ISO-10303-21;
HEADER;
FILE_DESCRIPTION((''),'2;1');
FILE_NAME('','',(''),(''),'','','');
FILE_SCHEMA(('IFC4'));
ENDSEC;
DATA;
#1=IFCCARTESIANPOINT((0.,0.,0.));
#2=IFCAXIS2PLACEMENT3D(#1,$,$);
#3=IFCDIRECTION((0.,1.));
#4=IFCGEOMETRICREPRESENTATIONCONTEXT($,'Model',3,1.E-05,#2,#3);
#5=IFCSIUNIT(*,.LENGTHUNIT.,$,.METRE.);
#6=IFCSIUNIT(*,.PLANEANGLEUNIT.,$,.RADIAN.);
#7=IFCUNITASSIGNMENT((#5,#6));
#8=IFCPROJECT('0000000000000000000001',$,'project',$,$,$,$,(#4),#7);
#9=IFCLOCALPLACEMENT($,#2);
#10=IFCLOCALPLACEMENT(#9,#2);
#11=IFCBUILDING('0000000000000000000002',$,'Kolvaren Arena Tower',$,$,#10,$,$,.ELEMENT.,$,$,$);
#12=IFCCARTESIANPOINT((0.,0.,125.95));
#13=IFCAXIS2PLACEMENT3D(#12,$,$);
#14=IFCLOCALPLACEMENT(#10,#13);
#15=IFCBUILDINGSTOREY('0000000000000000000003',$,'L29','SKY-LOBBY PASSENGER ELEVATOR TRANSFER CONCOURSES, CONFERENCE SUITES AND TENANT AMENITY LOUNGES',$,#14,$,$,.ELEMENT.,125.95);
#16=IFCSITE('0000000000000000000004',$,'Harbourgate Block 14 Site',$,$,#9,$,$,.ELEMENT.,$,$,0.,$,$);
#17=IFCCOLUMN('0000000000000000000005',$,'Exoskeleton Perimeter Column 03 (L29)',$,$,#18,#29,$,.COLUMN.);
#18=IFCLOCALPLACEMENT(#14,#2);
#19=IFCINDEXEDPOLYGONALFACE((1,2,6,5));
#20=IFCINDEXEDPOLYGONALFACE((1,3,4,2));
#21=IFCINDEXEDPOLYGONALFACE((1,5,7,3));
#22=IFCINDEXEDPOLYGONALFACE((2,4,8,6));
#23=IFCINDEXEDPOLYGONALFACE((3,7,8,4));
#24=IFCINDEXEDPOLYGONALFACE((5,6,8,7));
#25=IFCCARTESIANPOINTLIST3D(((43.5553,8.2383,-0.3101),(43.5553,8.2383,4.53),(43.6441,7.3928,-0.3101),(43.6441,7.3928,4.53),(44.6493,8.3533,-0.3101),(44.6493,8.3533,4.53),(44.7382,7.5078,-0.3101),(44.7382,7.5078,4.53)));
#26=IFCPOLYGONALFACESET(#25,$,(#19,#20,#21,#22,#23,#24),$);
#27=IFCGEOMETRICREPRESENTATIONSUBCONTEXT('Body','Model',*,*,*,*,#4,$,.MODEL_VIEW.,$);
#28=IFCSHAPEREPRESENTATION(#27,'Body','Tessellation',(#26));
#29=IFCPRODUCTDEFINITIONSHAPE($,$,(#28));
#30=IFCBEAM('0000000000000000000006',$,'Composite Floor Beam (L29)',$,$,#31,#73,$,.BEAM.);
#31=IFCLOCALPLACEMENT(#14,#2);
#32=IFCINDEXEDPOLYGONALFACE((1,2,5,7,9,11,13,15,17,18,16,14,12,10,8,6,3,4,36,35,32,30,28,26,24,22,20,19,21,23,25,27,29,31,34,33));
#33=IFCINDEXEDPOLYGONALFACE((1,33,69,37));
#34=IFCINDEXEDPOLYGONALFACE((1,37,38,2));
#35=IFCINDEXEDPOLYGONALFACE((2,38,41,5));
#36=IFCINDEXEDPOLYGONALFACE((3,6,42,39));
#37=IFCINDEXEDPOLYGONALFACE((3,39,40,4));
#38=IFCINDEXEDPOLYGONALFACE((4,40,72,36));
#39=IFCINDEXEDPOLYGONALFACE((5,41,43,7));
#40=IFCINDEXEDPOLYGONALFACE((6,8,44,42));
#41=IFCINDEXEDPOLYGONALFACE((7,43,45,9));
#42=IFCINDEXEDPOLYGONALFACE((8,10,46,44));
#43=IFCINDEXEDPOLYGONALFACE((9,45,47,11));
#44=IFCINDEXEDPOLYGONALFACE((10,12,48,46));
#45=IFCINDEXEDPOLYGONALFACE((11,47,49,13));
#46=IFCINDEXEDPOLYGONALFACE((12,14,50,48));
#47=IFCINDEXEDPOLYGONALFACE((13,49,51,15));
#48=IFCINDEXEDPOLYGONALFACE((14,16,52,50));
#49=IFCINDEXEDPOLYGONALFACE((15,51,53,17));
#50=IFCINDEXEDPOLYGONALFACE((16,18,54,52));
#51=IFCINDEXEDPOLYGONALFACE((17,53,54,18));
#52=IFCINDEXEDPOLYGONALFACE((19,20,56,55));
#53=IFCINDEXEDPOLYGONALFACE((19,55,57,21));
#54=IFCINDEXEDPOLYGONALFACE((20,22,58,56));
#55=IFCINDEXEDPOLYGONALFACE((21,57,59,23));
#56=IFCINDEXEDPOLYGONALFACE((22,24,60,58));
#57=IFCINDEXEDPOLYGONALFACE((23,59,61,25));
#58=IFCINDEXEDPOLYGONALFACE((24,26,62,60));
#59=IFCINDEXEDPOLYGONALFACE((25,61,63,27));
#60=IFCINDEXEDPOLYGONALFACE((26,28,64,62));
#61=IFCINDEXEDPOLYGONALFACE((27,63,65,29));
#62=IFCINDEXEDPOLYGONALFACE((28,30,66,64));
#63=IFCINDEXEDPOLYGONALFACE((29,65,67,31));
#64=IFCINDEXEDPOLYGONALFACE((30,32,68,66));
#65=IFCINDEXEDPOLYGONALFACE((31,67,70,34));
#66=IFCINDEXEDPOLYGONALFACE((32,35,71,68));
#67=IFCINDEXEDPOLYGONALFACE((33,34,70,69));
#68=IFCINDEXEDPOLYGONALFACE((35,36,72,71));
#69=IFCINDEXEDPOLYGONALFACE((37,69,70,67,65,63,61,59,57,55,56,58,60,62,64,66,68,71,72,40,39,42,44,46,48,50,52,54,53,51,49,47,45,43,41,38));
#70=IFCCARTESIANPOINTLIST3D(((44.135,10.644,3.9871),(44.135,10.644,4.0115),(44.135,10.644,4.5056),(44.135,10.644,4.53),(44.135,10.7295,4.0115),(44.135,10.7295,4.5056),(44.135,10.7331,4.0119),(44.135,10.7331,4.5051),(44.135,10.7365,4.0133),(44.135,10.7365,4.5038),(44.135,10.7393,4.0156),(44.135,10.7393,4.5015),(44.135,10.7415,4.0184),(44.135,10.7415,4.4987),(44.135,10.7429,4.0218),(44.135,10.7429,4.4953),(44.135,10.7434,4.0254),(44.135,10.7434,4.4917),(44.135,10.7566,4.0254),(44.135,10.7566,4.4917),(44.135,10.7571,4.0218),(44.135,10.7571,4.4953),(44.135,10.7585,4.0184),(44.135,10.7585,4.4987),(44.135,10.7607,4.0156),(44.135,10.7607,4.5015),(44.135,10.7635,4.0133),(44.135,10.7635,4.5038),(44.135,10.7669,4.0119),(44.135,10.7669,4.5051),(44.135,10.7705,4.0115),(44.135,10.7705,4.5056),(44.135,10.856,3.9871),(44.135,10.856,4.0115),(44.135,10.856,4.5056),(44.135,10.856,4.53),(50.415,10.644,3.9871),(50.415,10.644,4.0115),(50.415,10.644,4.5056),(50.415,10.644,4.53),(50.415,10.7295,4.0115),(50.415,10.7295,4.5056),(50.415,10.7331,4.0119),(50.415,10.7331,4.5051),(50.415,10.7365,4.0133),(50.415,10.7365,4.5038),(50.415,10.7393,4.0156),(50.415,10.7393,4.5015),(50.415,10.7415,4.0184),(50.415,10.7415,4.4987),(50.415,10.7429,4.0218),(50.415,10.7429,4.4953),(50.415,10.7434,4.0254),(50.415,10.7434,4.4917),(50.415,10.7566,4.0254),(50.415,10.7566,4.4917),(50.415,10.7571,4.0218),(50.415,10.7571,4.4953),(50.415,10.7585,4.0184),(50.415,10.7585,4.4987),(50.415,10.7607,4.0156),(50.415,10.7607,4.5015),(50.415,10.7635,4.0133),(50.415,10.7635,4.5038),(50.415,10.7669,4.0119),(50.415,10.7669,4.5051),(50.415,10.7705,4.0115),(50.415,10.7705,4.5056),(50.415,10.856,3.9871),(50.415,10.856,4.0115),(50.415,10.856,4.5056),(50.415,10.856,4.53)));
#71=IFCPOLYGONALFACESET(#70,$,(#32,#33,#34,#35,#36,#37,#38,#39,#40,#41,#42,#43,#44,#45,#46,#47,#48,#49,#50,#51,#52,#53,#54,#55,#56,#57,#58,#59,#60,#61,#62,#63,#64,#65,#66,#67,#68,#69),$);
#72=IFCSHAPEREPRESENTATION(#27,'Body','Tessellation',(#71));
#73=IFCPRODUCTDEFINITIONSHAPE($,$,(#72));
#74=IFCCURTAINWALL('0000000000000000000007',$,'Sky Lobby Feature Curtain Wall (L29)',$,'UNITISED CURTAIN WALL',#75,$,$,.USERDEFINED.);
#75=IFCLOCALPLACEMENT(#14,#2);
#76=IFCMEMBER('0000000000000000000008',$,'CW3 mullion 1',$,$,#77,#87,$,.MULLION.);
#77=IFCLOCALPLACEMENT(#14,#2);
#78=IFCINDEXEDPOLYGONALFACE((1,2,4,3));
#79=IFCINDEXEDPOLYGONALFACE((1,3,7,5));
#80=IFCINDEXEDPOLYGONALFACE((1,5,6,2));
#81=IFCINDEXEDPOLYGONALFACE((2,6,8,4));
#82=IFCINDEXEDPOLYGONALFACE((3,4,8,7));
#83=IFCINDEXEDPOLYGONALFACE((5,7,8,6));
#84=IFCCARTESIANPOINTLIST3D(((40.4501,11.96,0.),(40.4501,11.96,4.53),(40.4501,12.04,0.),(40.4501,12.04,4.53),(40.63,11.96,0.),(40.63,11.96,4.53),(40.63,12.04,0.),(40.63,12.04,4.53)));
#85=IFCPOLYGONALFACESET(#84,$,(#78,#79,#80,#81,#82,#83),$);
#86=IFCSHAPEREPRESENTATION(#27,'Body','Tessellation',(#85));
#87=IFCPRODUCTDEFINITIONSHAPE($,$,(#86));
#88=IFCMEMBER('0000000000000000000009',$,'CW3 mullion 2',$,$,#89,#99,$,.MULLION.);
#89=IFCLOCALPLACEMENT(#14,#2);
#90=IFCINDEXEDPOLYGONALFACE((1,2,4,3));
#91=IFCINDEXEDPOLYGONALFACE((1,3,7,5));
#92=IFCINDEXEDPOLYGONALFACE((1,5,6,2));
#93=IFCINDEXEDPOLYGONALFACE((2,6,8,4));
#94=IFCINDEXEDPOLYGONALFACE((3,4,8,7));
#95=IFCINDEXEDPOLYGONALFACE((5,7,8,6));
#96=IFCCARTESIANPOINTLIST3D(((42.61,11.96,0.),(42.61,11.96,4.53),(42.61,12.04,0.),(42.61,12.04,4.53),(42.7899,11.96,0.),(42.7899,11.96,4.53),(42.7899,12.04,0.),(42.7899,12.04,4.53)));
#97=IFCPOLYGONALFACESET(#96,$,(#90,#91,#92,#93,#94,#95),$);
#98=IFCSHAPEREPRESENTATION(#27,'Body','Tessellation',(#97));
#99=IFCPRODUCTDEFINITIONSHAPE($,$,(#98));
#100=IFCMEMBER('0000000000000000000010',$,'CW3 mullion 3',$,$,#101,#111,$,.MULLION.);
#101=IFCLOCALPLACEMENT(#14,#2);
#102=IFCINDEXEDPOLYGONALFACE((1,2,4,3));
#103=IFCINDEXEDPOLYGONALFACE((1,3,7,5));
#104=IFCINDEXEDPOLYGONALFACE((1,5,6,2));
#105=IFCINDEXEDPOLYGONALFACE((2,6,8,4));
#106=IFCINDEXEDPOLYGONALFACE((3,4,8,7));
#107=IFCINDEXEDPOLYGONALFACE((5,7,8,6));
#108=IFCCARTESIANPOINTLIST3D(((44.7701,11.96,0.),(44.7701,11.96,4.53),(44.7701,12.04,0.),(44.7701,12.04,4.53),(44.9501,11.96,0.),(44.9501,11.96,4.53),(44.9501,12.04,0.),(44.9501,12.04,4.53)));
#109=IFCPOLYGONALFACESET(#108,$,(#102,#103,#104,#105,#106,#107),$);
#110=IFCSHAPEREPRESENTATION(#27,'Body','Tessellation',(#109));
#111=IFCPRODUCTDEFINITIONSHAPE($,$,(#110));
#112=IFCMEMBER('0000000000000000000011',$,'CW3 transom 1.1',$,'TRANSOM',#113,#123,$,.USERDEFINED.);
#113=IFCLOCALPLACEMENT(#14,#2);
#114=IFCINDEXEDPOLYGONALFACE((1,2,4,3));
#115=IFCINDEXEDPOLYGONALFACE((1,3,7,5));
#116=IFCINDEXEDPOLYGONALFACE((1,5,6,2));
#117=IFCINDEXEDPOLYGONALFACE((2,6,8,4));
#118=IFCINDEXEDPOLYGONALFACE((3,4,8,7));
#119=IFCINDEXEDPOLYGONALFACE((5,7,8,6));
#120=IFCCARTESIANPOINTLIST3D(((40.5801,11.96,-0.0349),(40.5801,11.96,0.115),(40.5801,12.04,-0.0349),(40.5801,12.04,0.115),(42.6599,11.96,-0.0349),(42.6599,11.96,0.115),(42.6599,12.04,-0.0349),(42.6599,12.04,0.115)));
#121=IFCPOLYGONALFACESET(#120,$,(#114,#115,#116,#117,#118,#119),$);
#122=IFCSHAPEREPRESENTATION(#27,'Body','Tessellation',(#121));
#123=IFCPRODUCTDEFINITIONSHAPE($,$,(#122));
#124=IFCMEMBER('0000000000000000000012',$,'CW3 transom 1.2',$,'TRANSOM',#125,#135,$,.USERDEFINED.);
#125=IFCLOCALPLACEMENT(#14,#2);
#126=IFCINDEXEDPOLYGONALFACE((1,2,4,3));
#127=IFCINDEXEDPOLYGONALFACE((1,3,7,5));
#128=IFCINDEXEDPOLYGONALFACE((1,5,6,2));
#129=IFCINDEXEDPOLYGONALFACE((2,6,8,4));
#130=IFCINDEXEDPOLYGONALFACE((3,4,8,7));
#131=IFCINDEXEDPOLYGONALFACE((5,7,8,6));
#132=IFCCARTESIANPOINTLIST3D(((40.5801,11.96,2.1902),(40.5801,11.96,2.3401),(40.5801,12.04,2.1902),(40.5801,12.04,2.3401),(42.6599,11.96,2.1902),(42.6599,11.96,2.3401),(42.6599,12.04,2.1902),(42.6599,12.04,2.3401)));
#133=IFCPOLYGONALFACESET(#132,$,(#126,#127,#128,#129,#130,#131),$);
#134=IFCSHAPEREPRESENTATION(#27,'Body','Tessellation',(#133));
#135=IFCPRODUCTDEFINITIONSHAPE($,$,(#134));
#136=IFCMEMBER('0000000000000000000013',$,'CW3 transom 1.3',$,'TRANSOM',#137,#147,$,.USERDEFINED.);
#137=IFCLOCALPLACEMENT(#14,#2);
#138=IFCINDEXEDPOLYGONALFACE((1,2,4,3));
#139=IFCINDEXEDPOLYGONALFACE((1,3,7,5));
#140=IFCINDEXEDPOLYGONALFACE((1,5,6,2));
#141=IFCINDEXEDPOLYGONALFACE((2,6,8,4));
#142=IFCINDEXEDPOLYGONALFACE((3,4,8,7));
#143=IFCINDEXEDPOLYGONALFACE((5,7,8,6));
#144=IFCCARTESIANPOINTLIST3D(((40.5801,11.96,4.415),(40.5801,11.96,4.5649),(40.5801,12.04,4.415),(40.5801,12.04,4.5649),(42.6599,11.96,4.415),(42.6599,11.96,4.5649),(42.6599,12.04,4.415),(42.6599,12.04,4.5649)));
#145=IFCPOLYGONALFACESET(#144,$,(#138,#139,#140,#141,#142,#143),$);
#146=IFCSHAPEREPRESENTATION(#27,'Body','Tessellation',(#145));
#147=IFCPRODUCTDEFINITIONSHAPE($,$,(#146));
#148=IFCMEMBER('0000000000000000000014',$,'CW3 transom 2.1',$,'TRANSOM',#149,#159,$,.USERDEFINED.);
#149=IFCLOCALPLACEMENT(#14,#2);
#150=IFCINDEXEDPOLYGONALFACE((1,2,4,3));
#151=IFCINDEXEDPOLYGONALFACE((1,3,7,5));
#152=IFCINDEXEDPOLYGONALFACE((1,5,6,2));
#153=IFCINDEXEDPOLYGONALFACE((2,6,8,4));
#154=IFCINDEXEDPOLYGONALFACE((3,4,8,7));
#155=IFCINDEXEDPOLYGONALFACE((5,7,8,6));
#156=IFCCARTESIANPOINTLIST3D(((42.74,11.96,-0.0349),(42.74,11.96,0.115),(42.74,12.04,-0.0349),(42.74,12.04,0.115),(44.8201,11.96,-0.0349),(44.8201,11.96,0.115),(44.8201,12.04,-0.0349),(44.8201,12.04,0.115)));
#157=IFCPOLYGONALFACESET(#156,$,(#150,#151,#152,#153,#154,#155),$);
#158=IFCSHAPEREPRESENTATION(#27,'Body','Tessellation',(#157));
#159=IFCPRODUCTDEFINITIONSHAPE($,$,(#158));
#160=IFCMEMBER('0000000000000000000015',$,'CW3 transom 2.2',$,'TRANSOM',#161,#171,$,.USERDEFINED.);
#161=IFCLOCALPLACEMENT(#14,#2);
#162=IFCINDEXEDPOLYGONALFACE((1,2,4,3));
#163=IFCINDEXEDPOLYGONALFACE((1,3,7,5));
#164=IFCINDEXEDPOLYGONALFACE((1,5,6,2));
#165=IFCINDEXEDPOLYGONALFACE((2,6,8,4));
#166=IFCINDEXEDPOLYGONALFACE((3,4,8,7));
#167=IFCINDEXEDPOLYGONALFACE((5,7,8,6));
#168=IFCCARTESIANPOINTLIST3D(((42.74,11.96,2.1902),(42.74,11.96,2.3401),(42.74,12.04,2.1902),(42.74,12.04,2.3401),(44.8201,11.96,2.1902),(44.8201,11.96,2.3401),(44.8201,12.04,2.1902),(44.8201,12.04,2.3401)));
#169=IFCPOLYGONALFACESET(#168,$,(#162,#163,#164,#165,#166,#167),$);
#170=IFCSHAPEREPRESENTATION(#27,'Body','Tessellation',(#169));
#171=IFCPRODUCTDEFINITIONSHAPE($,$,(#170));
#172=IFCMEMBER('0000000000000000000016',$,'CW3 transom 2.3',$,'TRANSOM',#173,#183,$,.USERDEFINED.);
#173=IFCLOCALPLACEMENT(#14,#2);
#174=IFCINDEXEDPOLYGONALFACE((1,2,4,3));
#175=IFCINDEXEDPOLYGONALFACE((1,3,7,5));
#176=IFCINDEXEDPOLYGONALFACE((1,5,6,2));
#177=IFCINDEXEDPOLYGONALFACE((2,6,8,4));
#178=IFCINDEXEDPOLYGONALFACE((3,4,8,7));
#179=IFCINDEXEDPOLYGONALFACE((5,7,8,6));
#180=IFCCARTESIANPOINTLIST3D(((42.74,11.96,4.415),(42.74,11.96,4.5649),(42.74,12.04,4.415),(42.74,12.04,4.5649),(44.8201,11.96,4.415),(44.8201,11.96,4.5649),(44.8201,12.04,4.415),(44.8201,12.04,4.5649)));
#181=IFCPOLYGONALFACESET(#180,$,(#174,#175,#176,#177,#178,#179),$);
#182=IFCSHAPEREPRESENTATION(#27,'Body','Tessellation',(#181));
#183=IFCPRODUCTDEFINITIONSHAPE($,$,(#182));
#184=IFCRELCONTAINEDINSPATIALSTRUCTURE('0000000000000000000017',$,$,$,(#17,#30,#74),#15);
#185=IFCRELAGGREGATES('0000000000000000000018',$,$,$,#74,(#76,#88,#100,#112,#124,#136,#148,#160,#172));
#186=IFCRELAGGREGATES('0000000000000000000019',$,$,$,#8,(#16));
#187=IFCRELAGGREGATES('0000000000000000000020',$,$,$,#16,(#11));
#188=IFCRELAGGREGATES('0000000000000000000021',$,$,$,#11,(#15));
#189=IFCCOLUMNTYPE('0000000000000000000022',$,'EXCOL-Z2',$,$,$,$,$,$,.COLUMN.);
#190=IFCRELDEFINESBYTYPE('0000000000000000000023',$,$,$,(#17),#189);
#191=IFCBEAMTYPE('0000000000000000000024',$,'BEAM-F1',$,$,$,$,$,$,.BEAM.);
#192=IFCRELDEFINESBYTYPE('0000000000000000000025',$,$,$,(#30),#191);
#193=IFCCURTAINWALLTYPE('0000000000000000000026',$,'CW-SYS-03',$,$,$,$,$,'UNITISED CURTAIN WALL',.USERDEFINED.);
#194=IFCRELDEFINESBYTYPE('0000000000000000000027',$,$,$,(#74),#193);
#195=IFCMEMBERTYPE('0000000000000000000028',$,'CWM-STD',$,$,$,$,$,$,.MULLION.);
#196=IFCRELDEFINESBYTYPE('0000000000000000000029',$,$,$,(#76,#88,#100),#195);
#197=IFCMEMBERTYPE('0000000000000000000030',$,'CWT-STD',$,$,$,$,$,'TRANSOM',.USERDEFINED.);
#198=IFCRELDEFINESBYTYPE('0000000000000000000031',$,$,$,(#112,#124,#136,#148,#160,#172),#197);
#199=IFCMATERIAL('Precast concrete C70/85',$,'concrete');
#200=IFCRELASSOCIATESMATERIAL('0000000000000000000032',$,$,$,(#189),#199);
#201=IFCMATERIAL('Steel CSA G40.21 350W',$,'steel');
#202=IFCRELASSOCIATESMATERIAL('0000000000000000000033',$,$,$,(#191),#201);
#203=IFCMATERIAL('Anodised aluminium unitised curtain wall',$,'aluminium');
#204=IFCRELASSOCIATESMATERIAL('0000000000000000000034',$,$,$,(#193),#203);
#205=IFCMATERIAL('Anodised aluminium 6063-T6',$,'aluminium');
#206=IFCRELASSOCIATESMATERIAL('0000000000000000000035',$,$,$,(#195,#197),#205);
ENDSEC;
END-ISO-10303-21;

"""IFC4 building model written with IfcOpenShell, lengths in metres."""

from ifc_helpers import new_model, si_unit, direction, frame, origin, origin_2d, place, context, subcontext, project, spatial, rectangle, i_section, extrude, material, material_profile, profile_set, type_object, element, aggregate, save


model = new_model("IFC4")

# Units and contexts
model_context = context("Model", 3, precision=1e-05, world=origin(), true_north=direction((0.0, 1.0)))
body_context = subcontext(model_context, "Body", "Model", "MODEL_VIEW")
ifc_project = project(units=[si_unit("LENGTHUNIT", "METRE"), si_unit("PLANEANGLEUNIT", "RADIAN")], contexts=[model_context])

# Site, building, storey
site_placement = place(None, origin())
site = spatial("IfcSite", under=ifc_project, at=site_placement, Name="Harbourgate Block 14 Site", CompositionType="ELEMENT", RefElevation=0.0)
building_placement = place(site_placement, origin())
building = spatial("IfcBuilding", under=site, at=building_placement, Name="Kolvaren Arena Tower", CompositionType="ELEMENT")
storey_placement = place(building_placement, frame((0.0, 0.0, 125.95)))
storey = spatial("IfcBuildingStorey", under=building, at=storey_placement, Name="L29", Description="SKY-LOBBY PASSENGER ELEVATOR TRANSFER CONCOURSES, CONFERENCE SUITES AND TENANT AMENITY LOUNGES", CompositionType="ELEMENT", Elevation=125.95)

# Column
ifc_material_1 = material(Name="Precast concrete C70/85", Category="concrete")
ifc_material_profile_1 = material_profile(ifc_material_1, rectangle(XDim=1.1001, YDim=0.8501, at=origin_2d()), Name="RC-1100x850")
ifc_profile_set_1 = profile_set([ifc_material_profile_1], Name="Precast concrete C70/85")
column_type = type_object("IfcColumnType", Name="EXCOL-Z2", PredefinedType="COLUMN", material=ifc_profile_set_1)
column_placement = place(storey_placement, frame((44.1467, 7.873, -0.3101), z_axis=(0.0, 0.0, 1.0), x_axis=(0.994522, 0.104528, 0.0)))
element("IfcColumn", 1, at=column_placement, inside=storey, type_object=column_type, Name="Exoskeleton Perimeter Column 03 (L29)", PredefinedType="COLUMN", context=body_context, shape_type="SweptSolid", body=[
    extrude(rectangle(XDim=1.1001, YDim=0.8501, at=origin_2d()), origin(), (0.0, 0.0, 1.0), 4.8401),
])

# Beam
ifc_material_2 = material(Name="Steel CSA G40.21 350W", Category="steel")
ifc_material_profile_2 = material_profile(ifc_material_2, i_section(OverallWidth=0.2119, OverallDepth=0.543, WebThickness=0.0132, FlangeThickness=0.0244, FilletRadius=0.0139, at=origin_2d()), Name="W530x150")
ifc_profile_set_2 = profile_set([ifc_material_profile_2], Name="Steel CSA G40.21 350W")
beam_type_1 = type_object("IfcBeamType", Name="BEAM-F1", PredefinedType="BEAM", material=ifc_profile_set_2)
beam_1_placement = place(storey_placement, frame((44.135, 10.75, 4.2585), z_axis=(1.0, 0.0, 0.0), x_axis=(0.0, 1.0, 0.0)))
element("IfcBeam", 2, at=beam_1_placement, inside=storey, type_object=beam_type_1, Name="Composite Floor Beam (L29)", PredefinedType="BEAM", context=body_context, shape_type="SweptSolid", body=[
    extrude(i_section(OverallWidth=0.2119, OverallDepth=0.543, WebThickness=0.0132, FlangeThickness=0.0244, FilletRadius=0.0139, at=origin_2d()), origin(), (0.0, 0.0, 1.0), 6.28),
])

# Curtain wall, members
ifc_material_3 = material(Name="Anodised aluminium unitised curtain wall", Category="aluminium")
curtain_wall_type = type_object("IfcCurtainWallType", Name="CW-SYS-03", ElementType="UNITISED CURTAIN WALL", PredefinedType="USERDEFINED", material=ifc_material_3)
curtain_wall_placement = place(storey_placement, origin())
curtain_wall = element("IfcCurtainWall", 3, at=curtain_wall_placement, inside=storey, type_object=curtain_wall_type, Name="Sky Lobby Feature Curtain Wall (L29)", ObjectType="UNITISED CURTAIN WALL", PredefinedType="USERDEFINED")
ifc_material_4 = material(Name="Anodised aluminium 6063-T6", Category="aluminium")
ifc_material_profile_3 = material_profile(ifc_material_4, rectangle(XDim=0.0801, YDim=0.1799, at=origin_2d()), Name="ALU-80x180")
ifc_profile_set_3 = profile_set([ifc_material_profile_3], Name="Anodised aluminium 6063-T6")
member_type_1 = type_object("IfcMemberType", Name="CWM-STD", PredefinedType="MULLION", material=ifc_profile_set_3)
member_1_placement = place(storey_placement, frame((40.54, 12.0, 0.0), z_axis=(0.0, 0.0, 1.0), x_axis=(0.0, 1.0, 0.0)))
member_1 = element("IfcMember", 4, at=member_1_placement, type_object=member_type_1, Name="CW3 mullion 1", PredefinedType="MULLION", context=body_context, shape_type="SweptSolid", body=[
    extrude(rectangle(XDim=0.0801, YDim=0.1799, at=origin_2d()), origin(), (0.0, 0.0, 1.0), 4.53),
])
member_2_placement = place(storey_placement, frame((42.7, 12.0, 0.0), z_axis=(0.0, 0.0, 1.0), x_axis=(0.0, 1.0, 0.0)))
member_2 = element("IfcMember", 5, at=member_2_placement, type_object=member_type_1, Name="CW3 mullion 2", PredefinedType="MULLION", context=body_context, shape_type="SweptSolid", body=[
    extrude(rectangle(XDim=0.0801, YDim=0.1799, at=origin_2d()), origin(), (0.0, 0.0, 1.0), 4.53),
])
member_3_placement = place(storey_placement, frame((44.8601, 12.0, 0.0), z_axis=(0.0, 0.0, 1.0), x_axis=(0.0, 1.0, 0.0)))
member_3 = element("IfcMember", 6, at=member_3_placement, type_object=member_type_1, Name="CW3 mullion 3", PredefinedType="MULLION", context=body_context, shape_type="SweptSolid", body=[
    extrude(rectangle(XDim=0.0801, YDim=0.1799, at=origin_2d()), origin(), (0.0, 0.0, 1.0), 4.53),
])
ifc_material_profile_4 = material_profile(ifc_material_4, rectangle(XDim=0.0801, YDim=0.1499, at=origin_2d()), Name="ALU-80x150")
ifc_profile_set_4 = profile_set([ifc_material_profile_4], Name="Anodised aluminium 6063-T6")
member_type_2 = type_object("IfcMemberType", Name="CWT-STD", ElementType="TRANSOM", PredefinedType="USERDEFINED", material=ifc_profile_set_4)
member_4_placement = place(storey_placement, frame((40.5801, 12.0, 0.04), z_axis=(1.0, 0.0, 0.0), x_axis=(0.0, 1.0, 0.0)))
member_4 = element("IfcMember", 7, at=member_4_placement, type_object=member_type_2, Name="CW3 transom 1.1", ObjectType="TRANSOM", PredefinedType="USERDEFINED", context=body_context, shape_type="SweptSolid", body=[
    extrude(rectangle(XDim=0.0801, YDim=0.1499, at=origin_2d()), origin(), (0.0, 0.0, 1.0), 2.0798),
])
member_5_placement = place(storey_placement, frame((40.5801, 12.0, 2.2651), z_axis=(1.0, 0.0, 0.0), x_axis=(0.0, 1.0, 0.0)))
member_5 = element("IfcMember", 8, at=member_5_placement, type_object=member_type_2, Name="CW3 transom 1.2", ObjectType="TRANSOM", PredefinedType="USERDEFINED", context=body_context, shape_type="SweptSolid", body=[
    extrude(rectangle(XDim=0.0801, YDim=0.1499, at=origin_2d()), origin(), (0.0, 0.0, 1.0), 2.0798),
])
member_6_placement = place(storey_placement, frame((40.5801, 12.0, 4.49), z_axis=(1.0, 0.0, 0.0), x_axis=(0.0, 1.0, 0.0)))
member_6 = element("IfcMember", 9, at=member_6_placement, type_object=member_type_2, Name="CW3 transom 1.3", ObjectType="TRANSOM", PredefinedType="USERDEFINED", context=body_context, shape_type="SweptSolid", body=[
    extrude(rectangle(XDim=0.0801, YDim=0.1499, at=origin_2d()), origin(), (0.0, 0.0, 1.0), 2.0798),
])
member_7_placement = place(storey_placement, frame((42.74, 12.0, 0.04), z_axis=(1.0, 0.0, 0.0), x_axis=(0.0, 1.0, 0.0)))
member_7 = element("IfcMember", 10, at=member_7_placement, type_object=member_type_2, Name="CW3 transom 2.1", ObjectType="TRANSOM", PredefinedType="USERDEFINED", context=body_context, shape_type="SweptSolid", body=[
    extrude(rectangle(XDim=0.0801, YDim=0.1499, at=origin_2d()), origin(), (0.0, 0.0, 1.0), 2.0801),
])
member_8_placement = place(storey_placement, frame((42.74, 12.0, 2.2651), z_axis=(1.0, 0.0, 0.0), x_axis=(0.0, 1.0, 0.0)))
member_8 = element("IfcMember", 11, at=member_8_placement, type_object=member_type_2, Name="CW3 transom 2.2", ObjectType="TRANSOM", PredefinedType="USERDEFINED", context=body_context, shape_type="SweptSolid", body=[
    extrude(rectangle(XDim=0.0801, YDim=0.1499, at=origin_2d()), origin(), (0.0, 0.0, 1.0), 2.0801),
])
member_9_placement = place(storey_placement, frame((42.74, 12.0, 4.49), z_axis=(1.0, 0.0, 0.0), x_axis=(0.0, 1.0, 0.0)))
member_9 = element("IfcMember", 12, at=member_9_placement, type_object=member_type_2, Name="CW3 transom 2.3", ObjectType="TRANSOM", PredefinedType="USERDEFINED", context=body_context, shape_type="SweptSolid", body=[
    extrude(rectangle(XDim=0.0801, YDim=0.1499, at=origin_2d()), origin(), (0.0, 0.0, 1.0), 2.0801),
])

aggregate(curtain_wall, [member_1, member_2, member_3, member_4, member_5, member_6, member_7, member_8, member_9])

save(model, "model.ifc")
